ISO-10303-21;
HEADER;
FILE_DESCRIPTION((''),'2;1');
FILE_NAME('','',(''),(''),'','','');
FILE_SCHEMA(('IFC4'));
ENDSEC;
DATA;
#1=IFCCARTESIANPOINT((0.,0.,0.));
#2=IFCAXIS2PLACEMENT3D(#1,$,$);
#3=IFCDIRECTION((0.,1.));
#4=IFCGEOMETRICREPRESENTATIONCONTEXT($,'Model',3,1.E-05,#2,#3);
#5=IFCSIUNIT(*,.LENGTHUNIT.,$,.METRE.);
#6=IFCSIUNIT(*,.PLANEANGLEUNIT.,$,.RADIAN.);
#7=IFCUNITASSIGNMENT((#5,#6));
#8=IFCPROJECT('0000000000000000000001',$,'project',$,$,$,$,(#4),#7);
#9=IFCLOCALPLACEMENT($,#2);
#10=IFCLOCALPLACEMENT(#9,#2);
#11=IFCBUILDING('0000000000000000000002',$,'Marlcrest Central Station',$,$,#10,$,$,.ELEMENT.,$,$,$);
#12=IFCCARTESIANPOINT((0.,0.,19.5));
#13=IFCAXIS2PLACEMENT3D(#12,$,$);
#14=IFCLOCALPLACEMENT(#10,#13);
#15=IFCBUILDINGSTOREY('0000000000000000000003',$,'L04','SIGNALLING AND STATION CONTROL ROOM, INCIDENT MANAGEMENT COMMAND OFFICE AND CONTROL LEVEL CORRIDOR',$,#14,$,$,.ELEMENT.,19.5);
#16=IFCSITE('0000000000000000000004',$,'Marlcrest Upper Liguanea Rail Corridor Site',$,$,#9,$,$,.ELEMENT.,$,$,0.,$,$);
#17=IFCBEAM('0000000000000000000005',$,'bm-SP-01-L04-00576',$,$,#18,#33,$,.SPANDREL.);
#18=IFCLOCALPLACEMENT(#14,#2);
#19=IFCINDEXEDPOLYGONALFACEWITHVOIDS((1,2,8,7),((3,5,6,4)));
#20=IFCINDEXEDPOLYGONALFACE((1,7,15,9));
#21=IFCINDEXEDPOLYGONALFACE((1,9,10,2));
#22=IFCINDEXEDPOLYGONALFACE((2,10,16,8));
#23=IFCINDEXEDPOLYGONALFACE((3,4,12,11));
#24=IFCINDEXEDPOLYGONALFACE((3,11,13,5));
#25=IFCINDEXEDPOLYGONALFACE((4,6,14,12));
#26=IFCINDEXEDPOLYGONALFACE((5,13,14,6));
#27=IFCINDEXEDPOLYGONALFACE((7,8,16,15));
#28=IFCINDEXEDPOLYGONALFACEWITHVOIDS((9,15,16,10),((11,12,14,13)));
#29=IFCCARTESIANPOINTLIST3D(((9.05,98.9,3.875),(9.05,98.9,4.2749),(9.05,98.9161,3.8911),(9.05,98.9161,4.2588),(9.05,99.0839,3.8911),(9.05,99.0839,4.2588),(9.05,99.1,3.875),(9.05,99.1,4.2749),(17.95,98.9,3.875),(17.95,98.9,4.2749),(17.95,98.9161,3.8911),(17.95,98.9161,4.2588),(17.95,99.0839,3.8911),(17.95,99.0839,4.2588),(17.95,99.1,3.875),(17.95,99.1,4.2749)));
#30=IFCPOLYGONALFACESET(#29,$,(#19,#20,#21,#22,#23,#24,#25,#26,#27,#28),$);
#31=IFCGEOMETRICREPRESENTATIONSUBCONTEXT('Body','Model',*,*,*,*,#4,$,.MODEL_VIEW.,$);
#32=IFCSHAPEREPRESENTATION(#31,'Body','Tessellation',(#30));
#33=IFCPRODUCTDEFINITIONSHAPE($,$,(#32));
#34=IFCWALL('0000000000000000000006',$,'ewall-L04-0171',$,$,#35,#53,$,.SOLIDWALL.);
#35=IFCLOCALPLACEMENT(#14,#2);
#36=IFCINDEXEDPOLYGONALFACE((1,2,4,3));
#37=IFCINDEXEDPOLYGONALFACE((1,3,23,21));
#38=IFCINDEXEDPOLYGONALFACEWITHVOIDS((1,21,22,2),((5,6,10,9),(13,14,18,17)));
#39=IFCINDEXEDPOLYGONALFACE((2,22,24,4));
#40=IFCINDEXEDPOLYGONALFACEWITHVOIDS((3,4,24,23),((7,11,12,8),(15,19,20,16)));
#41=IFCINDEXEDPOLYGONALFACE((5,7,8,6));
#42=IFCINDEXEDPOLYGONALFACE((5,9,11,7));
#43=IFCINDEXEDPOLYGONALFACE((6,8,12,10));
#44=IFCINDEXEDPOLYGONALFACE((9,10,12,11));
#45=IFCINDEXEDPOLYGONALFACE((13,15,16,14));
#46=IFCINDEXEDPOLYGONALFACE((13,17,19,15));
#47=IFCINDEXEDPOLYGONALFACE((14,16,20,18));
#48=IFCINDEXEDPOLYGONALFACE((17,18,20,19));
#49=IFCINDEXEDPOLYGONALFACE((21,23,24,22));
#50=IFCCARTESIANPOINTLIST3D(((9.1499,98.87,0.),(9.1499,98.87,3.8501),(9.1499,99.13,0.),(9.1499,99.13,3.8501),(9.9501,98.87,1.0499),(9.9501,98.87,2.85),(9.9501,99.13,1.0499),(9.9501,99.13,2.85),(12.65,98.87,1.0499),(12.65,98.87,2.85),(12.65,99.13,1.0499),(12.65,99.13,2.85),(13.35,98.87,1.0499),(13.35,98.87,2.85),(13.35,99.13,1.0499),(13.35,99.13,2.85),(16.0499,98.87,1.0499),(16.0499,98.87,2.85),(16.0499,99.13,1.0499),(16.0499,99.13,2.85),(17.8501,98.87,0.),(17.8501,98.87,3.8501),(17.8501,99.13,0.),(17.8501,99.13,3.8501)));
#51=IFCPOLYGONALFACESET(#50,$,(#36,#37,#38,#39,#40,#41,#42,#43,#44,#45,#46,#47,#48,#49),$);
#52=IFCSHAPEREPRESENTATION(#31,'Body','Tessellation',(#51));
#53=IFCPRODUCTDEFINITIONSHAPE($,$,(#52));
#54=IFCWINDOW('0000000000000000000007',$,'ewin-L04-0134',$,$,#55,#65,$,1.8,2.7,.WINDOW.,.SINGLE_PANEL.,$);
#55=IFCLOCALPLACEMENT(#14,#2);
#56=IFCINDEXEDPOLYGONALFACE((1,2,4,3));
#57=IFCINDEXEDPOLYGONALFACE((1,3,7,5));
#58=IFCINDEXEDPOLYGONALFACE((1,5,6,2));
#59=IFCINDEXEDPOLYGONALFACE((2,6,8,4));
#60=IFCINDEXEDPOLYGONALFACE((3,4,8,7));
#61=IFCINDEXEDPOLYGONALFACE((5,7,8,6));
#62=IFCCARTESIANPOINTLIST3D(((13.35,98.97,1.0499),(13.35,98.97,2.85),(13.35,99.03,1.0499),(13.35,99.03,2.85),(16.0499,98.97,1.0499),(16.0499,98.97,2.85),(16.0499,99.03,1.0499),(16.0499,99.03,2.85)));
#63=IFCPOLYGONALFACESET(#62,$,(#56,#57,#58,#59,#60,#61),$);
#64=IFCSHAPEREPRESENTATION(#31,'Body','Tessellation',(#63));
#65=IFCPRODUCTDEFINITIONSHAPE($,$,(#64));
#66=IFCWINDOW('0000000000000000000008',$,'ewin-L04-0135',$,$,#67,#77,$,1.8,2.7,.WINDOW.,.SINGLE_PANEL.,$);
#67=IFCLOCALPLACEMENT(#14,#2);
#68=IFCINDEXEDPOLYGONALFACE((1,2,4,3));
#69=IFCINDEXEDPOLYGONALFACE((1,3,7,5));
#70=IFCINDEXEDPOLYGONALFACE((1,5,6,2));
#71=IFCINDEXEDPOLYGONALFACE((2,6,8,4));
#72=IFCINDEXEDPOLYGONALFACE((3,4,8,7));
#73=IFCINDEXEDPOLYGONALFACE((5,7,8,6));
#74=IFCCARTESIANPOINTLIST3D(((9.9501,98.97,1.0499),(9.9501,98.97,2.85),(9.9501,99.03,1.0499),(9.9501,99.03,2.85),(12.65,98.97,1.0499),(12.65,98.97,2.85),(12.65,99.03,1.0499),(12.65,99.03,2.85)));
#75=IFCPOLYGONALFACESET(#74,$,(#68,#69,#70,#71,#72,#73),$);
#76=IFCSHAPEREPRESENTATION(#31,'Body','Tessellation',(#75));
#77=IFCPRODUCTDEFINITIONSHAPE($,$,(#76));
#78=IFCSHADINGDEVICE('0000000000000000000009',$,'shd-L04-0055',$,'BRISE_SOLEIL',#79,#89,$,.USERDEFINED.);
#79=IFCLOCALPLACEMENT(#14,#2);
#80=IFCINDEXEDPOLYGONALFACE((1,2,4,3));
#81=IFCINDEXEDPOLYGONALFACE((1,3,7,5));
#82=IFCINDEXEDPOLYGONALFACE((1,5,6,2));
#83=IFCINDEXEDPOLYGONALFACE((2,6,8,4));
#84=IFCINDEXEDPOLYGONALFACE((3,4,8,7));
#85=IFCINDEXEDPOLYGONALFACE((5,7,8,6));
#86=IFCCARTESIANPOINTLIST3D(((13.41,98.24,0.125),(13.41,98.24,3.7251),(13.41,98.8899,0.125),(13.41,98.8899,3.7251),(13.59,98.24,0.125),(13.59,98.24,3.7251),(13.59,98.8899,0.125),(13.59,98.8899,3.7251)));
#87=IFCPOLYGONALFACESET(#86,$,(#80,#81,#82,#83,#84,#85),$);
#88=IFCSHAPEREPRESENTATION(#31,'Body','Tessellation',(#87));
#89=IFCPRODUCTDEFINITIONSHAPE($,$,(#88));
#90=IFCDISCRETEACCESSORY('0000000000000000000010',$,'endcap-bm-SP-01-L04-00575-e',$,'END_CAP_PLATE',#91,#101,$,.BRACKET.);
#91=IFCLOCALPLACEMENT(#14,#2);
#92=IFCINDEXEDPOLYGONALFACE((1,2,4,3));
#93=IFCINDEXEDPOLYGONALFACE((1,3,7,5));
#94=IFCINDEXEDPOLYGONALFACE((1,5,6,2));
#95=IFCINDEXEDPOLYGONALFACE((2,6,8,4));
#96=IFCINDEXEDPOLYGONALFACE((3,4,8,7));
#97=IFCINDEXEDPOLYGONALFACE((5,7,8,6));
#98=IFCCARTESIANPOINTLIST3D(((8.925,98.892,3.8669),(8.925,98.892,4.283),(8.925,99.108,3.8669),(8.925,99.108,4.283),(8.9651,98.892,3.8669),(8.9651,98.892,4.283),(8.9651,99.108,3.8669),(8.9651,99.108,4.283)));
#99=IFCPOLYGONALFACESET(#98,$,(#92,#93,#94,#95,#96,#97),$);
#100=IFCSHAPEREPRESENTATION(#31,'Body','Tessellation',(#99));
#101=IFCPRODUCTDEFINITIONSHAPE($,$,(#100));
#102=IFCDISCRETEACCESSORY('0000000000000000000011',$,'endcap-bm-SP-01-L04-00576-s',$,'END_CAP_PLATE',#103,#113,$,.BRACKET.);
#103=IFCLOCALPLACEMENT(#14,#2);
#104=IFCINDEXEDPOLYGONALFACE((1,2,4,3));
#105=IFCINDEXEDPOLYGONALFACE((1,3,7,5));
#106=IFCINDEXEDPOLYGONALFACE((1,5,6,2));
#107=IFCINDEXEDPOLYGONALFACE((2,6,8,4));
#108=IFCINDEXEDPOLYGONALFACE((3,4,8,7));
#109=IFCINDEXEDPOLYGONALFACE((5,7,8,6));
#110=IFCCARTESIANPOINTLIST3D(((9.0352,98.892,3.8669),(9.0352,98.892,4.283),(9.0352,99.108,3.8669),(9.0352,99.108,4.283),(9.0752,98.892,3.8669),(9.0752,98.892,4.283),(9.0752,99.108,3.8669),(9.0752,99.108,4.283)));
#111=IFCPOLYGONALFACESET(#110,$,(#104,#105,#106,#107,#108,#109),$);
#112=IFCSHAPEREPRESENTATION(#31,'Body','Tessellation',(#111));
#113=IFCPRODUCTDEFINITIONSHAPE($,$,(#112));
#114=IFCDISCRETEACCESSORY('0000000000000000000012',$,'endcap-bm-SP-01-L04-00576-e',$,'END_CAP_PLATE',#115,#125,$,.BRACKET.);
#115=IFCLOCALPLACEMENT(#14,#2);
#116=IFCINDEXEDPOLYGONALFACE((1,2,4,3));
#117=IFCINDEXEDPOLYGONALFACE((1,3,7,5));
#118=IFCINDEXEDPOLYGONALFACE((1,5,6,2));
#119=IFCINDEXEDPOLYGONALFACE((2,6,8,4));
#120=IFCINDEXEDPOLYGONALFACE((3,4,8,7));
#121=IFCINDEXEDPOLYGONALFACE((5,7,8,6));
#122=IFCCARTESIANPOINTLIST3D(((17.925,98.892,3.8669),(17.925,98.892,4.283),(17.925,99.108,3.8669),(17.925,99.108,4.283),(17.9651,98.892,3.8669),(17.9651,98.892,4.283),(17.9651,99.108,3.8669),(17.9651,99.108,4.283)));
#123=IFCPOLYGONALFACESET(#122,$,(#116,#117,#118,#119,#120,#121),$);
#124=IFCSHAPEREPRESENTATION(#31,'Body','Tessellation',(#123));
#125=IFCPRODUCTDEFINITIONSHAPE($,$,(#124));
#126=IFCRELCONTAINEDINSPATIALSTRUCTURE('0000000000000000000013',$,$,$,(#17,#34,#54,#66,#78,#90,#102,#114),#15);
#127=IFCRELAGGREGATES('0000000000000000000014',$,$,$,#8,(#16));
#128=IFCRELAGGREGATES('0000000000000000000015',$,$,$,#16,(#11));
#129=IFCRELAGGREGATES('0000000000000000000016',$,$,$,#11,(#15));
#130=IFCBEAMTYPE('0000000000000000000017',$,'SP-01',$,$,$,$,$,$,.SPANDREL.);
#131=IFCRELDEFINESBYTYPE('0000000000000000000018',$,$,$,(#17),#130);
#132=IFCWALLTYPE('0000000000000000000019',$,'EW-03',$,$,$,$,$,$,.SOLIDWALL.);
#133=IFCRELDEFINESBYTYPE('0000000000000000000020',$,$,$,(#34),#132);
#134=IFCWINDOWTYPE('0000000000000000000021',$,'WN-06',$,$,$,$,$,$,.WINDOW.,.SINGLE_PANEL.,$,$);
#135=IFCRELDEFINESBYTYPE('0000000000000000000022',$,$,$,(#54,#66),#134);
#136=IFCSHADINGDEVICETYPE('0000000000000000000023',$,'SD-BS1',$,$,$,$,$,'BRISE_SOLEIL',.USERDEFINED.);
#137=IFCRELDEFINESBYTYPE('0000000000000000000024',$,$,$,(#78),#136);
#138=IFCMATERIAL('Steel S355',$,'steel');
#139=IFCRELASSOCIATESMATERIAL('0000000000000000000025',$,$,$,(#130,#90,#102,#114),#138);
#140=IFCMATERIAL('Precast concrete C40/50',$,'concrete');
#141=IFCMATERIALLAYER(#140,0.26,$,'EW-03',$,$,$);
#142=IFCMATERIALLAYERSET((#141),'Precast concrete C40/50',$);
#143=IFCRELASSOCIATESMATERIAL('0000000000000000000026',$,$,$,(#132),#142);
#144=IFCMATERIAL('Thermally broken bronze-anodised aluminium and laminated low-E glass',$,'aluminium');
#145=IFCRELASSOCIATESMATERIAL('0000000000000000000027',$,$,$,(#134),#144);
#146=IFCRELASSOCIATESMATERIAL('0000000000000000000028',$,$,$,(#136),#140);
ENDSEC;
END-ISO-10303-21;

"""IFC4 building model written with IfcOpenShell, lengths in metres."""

from ifc_helpers import new_model, si_unit, direction, frame, frame_2d, origin, origin_2d, place, context, subcontext, project, spatial, rectangle, hollow_rectangle, extrude, material, layer, layer_set, material_profile, profile_set, type_object, element, fill, save


model = new_model("IFC4")

# Units and contexts
model_context = context("Model", 3, precision=1e-05, world=origin(), true_north=direction((0.0, 1.0)))
body_context = subcontext(model_context, "Body", "Model", "MODEL_VIEW")
ifc_project = project(units=[si_unit("LENGTHUNIT", "METRE"), si_unit("PLANEANGLEUNIT", "RADIAN")], contexts=[model_context])

# Site, building, storey
site_placement = place(None, origin())
site = spatial("IfcSite", under=ifc_project, at=site_placement, Name="Marlcrest Upper Liguanea Rail Corridor Site", CompositionType="ELEMENT", RefElevation=0.0)
building_placement = place(site_placement, origin())
building = spatial("IfcBuilding", under=site, at=building_placement, Name="Marlcrest Central Station", CompositionType="ELEMENT")
storey_placement = place(building_placement, frame((0.0, 0.0, 19.5)))
storey = spatial("IfcBuildingStorey", under=building, at=storey_placement, Name="L04", Description="SIGNALLING AND STATION CONTROL ROOM, INCIDENT MANAGEMENT COMMAND OFFICE AND CONTROL LEVEL CORRIDOR", CompositionType="ELEMENT", Elevation=19.5)

# Shared definitions
ifc_material_1 = material(Name="Steel S355", Category="steel")

# Beam
ifc_material_profile_1 = material_profile(ifc_material_1, hollow_rectangle(XDim=0.2, YDim=0.3999, WallThickness=0.0161, at=origin_2d()), Name="RHS 400x200x16")
ifc_profile_set_1 = profile_set([ifc_material_profile_1], Name="Steel S355")
beam_type_1 = type_object("IfcBeamType", Name="SP-01", PredefinedType="SPANDREL", material=ifc_profile_set_1)
beam_1_placement = place(storey_placement, frame((9.05, 99.0, 4.075), z_axis=(1.0, 0.0, 0.0), x_axis=(0.0, 1.0, 0.0)))
element("IfcBeam", 1, at=beam_1_placement, inside=storey, type_object=beam_type_1, Name="bm-SP-01-L04-00576", PredefinedType="SPANDREL", context=body_context, shape_type="SweptSolid", body=[
    extrude(hollow_rectangle(XDim=0.2, YDim=0.3999, WallThickness=0.0161, at=origin_2d()), origin(), (0.0, 0.0, 1.0), 8.8999),
])

# Wall, openings, windows
ifc_material_2 = material(Name="Precast concrete C40/50", Category="concrete")
ifc_layer = layer(ifc_material_2, 0.26, Name="EW-03")
ifc_layer_set = layer_set([ifc_layer], Name="Precast concrete C40/50")
wall_type = type_object("IfcWallType", Name="EW-03", PredefinedType="SOLIDWALL", material=ifc_layer_set)
wall_placement = place(storey_placement, frame((17.8501, 99.0, 0.0), z_axis=(0.0, 0.0, 1.0), x_axis=(-1.0, 0.0, 0.0)))
wall = element("IfcWall", 2, at=wall_placement, inside=storey, type_object=wall_type, Name="ewall-L04-0171", PredefinedType="SOLIDWALL", context=body_context, shape_type="SweptSolid", body=[
    extrude(rectangle(XDim=8.7002, YDim=0.26, at=frame_2d((4.3501, 0.0))), origin(), (0.0, 0.0, 1.0), 3.8501),
])
opening_1_placement = place(wall_placement, frame((1.8, 0.0, 1.05)))
opening_1 = element("IfcOpeningElement", 3, at=opening_1_placement, cuts=wall, PredefinedType="OPENING", context=body_context, shape_type="SweptSolid", body=[
    extrude(rectangle(XDim=2.7, YDim=1.8, at=frame_2d((1.3501, 0.8999))), frame((0.0, 0.1399, 0.0), z_axis=(0.0, -1.0, 0.0), x_axis=(1.0, 0.0, 0.0)), (0.0, 0.0, 1.0), 0.28),
])
opening_2_placement = place(wall_placement, frame((5.2, 0.0, 1.05)))
opening_2 = element("IfcOpeningElement", 4, at=opening_2_placement, cuts=wall, PredefinedType="OPENING", context=body_context, shape_type="SweptSolid", body=[
    extrude(rectangle(XDim=2.7, YDim=1.8, at=frame_2d((1.3501, 0.8999))), frame((0.0, 0.1399, 0.0), z_axis=(0.0, -1.0, 0.0), x_axis=(1.0, 0.0, 0.0)), (0.0, 0.0, 1.0), 0.28),
])
ifc_material_3 = material(Name="Thermally broken bronze-anodised aluminium and laminated low-E glass", Category="aluminium")
window_type = type_object("IfcWindowType", Name="WN-06", PartitioningType="SINGLE_PANEL", PredefinedType="WINDOW", material=ifc_material_3)
window_1_placement = place(opening_1_placement, origin())
window_1 = element("IfcWindow", 5, at=window_1_placement, inside=storey, type_object=window_type, Name="ewin-L04-0134", OverallHeight=1.8, OverallWidth=2.7, PartitioningType="SINGLE_PANEL", PredefinedType="WINDOW", context=body_context, shape_type="SweptSolid", body=[
    extrude(rectangle(XDim=2.7, YDim=1.8, at=frame_2d((1.3501, 0.8999))), frame((0.0, 0.03, 0.0), z_axis=(0.0, -1.0, 0.0), x_axis=(1.0, 0.0, 0.0)), (0.0, 0.0, 1.0), 0.0601),
])
fill(opening_1, window_1)
window_2_placement = place(opening_2_placement, origin())
window_2 = element("IfcWindow", 6, at=window_2_placement, inside=storey, type_object=window_type, Name="ewin-L04-0135", OverallHeight=1.8, OverallWidth=2.7, PartitioningType="SINGLE_PANEL", PredefinedType="WINDOW", context=body_context, shape_type="SweptSolid", body=[
    extrude(rectangle(XDim=2.7, YDim=1.8, at=frame_2d((1.3501, 0.8999))), frame((0.0, 0.03, 0.0), z_axis=(0.0, -1.0, 0.0), x_axis=(1.0, 0.0, 0.0)), (0.0, 0.0, 1.0), 0.0601),
])
fill(opening_2, window_2)

# Shading device
shading_device_type = type_object("IfcShadingDeviceType", Name="SD-BS1", ElementType="BRISE_SOLEIL", PredefinedType="USERDEFINED", material=ifc_material_2)
shading_device_placement = place(storey_placement, frame((13.5, 98.5649, 0.125), z_axis=(0.0, 0.0, 1.0), x_axis=(1.0, 0.0, 0.0)))
element("IfcShadingDevice", 7, at=shading_device_placement, inside=storey, type_object=shading_device_type, Name="shd-L04-0055", ObjectType="BRISE_SOLEIL", PredefinedType="USERDEFINED", context=body_context, shape_type="SweptSolid", body=[
    extrude(rectangle(XDim=0.1799, YDim=0.6499, at=origin_2d()), origin(), (0.0, 0.0, 1.0), 3.6001),
])

# Discrete accessories
for number, where, z_axis, x_axis, name in (
    (8, (8.925, 99.0, 4.075), (1.0, 0.0, 0.0), (0.0, 1.0, 0.0), "endcap-bm-SP-01-L04-00575-e"),
    (9, (9.0352, 99.0, 4.075), (1.0, 0.0, 0.0), (0.0, 1.0, 0.0), "endcap-bm-SP-01-L04-00576-s"),
    (10, (17.925, 99.0, 4.075), (1.0, 0.0, 0.0), (0.0, 1.0, 0.0), "endcap-bm-SP-01-L04-00576-e"),
):
    element("IfcDiscreteAccessory", number, at=place(storey_placement, frame(where, z_axis=z_axis, x_axis=x_axis)), inside=storey, material=ifc_material_1, Name=name, ObjectType="END_CAP_PLATE", PredefinedType="BRACKET", context=body_context, shape_type="SweptSolid", body=[
        extrude(rectangle(XDim=0.2161, YDim=0.416, at=origin_2d()), origin(), (0.0, 0.0, 1.0), 0.04),
    ])

save(model, "model.ifc")
